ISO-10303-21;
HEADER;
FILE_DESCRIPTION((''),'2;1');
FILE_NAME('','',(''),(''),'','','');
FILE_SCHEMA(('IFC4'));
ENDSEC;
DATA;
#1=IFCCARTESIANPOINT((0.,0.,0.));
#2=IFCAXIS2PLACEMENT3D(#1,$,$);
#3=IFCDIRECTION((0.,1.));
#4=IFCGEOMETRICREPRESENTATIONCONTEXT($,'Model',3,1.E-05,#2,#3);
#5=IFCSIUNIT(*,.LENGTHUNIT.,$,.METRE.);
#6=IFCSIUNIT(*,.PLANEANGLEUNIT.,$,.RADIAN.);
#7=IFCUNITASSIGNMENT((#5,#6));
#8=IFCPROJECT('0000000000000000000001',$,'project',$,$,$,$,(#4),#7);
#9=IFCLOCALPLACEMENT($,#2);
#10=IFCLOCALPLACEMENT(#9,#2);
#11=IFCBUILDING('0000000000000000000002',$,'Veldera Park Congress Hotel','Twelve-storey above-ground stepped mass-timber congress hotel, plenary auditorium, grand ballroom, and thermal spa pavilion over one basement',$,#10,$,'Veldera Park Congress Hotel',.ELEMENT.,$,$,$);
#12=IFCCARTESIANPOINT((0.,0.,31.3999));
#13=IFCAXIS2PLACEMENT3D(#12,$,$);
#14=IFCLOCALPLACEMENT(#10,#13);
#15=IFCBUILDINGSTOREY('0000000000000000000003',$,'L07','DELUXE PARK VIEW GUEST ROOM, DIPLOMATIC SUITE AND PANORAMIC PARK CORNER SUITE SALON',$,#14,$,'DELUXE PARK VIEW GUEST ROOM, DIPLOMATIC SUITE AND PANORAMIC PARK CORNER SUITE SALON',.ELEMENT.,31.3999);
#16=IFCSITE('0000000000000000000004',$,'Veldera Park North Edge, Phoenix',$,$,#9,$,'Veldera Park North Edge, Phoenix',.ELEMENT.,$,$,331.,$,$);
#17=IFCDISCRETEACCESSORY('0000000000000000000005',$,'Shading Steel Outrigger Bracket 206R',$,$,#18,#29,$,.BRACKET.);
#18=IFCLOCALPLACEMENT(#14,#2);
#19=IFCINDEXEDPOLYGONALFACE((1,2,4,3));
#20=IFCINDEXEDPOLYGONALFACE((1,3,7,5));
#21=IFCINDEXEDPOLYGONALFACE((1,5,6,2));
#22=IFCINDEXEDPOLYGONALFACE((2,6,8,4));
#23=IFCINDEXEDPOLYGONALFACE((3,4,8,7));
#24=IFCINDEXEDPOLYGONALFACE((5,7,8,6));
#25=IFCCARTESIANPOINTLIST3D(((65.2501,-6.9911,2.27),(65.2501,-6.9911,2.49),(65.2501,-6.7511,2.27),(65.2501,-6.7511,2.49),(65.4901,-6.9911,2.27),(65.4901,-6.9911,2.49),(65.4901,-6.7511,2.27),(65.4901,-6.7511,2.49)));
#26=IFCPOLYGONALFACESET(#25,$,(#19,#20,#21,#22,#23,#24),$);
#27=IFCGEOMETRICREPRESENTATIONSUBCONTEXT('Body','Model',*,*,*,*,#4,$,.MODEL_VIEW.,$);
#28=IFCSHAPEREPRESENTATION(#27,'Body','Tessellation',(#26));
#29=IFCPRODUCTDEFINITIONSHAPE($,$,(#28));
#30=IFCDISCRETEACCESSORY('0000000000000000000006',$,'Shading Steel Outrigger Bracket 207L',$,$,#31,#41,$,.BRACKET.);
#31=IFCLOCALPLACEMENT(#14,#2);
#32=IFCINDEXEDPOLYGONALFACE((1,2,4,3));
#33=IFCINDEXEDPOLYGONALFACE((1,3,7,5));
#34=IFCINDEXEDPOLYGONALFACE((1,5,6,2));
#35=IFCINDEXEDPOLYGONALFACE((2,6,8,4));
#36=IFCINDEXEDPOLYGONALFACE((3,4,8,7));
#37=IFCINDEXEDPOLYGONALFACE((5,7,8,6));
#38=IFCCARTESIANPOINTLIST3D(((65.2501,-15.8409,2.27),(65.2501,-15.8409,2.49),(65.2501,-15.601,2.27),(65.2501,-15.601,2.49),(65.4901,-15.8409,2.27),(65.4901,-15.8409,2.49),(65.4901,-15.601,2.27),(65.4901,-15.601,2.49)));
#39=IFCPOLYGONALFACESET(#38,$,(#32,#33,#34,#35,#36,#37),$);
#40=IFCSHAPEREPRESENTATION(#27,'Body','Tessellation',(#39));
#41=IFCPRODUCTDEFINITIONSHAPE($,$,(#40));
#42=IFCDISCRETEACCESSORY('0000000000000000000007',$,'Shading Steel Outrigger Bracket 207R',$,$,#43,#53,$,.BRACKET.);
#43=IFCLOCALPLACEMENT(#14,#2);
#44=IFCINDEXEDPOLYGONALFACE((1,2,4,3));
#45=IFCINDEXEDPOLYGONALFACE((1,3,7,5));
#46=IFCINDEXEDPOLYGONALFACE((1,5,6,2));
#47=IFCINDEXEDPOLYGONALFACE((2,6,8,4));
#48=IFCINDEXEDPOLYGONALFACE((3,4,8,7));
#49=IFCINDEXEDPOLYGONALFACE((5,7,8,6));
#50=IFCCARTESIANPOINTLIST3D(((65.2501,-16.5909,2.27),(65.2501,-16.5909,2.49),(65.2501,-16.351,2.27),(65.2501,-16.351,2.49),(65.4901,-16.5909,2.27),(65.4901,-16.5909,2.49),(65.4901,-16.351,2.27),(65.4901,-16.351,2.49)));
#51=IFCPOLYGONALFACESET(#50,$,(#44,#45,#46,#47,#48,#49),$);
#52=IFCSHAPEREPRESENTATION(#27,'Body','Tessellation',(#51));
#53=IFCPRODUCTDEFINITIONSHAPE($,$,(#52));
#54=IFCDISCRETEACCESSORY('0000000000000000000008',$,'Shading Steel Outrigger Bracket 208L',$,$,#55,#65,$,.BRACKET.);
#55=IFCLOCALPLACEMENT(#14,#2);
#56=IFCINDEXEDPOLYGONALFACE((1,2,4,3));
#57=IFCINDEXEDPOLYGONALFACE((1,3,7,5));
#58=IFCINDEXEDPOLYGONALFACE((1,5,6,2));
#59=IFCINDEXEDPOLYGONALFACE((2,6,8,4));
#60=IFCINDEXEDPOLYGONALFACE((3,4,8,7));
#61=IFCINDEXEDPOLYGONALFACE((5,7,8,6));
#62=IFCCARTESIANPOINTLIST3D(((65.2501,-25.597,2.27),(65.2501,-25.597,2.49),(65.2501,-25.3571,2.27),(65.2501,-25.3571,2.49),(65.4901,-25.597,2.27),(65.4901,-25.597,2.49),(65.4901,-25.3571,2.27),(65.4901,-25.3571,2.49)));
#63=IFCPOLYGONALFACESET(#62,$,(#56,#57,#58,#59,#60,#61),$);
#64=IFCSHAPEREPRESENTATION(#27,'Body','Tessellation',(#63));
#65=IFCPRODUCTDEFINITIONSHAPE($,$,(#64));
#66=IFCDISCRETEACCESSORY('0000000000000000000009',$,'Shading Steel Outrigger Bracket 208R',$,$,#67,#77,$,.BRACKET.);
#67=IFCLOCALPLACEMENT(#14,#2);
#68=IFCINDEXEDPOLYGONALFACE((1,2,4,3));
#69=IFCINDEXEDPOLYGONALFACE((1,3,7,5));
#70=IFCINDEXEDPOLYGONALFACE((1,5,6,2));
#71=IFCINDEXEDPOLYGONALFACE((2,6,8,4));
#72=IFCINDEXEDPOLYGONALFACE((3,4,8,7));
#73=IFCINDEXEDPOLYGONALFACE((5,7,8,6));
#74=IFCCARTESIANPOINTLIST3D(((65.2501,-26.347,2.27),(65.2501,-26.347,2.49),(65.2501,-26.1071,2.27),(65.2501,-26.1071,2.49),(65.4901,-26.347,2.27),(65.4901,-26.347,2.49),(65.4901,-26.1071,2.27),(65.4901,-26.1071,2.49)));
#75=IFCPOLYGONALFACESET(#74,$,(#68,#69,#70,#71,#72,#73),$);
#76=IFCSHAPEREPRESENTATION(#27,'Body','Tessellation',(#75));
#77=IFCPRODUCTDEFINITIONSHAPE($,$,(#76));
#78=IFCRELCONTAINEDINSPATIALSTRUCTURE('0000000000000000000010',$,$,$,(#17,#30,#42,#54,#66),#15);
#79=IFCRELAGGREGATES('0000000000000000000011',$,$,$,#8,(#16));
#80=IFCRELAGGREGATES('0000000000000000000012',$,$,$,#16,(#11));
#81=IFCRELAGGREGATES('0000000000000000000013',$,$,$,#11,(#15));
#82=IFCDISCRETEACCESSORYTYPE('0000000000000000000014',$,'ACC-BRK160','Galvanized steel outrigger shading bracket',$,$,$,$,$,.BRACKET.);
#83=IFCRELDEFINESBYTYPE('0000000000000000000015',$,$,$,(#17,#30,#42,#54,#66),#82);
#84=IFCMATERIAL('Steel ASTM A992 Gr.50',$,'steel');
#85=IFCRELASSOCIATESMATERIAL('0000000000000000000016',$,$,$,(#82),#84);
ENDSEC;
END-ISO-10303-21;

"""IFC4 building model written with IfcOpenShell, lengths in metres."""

from ifc_helpers import new_model, si_unit, direction, frame, origin, origin_2d, place, context, subcontext, project, spatial, rectangle, extrude, material, type_object, element, save


model = new_model("IFC4")

# Units and contexts
model_context = context("Model", 3, precision=1e-05, world=origin(), true_north=direction((0.0, 1.0)))
body_context = subcontext(model_context, "Body", "Model", "MODEL_VIEW")
ifc_project = project(units=[si_unit("LENGTHUNIT", "METRE"), si_unit("PLANEANGLEUNIT", "RADIAN")], contexts=[model_context])

# Site, building, storey
site_placement = place(None, origin())
site = spatial("IfcSite", under=ifc_project, at=site_placement, Name="Veldera Park North Edge, Phoenix", LongName="Veldera Park North Edge, Phoenix", CompositionType="ELEMENT", RefElevation=331.0)
building_placement = place(site_placement, origin())
building = spatial("IfcBuilding", under=site, at=building_placement, Name="Veldera Park Congress Hotel", Description="Twelve-storey above-ground stepped mass-timber congress hotel, plenary auditorium, grand ballroom, and thermal spa pavilion over one basement", LongName="Veldera Park Congress Hotel", CompositionType="ELEMENT")
storey_placement = place(building_placement, frame((0.0, 0.0, 31.3999)))
storey = spatial("IfcBuildingStorey", under=building, at=storey_placement, Name="L07", Description="DELUXE PARK VIEW GUEST ROOM, DIPLOMATIC SUITE AND PANORAMIC PARK CORNER SUITE SALON", LongName="DELUXE PARK VIEW GUEST ROOM, DIPLOMATIC SUITE AND PANORAMIC PARK CORNER SUITE SALON", CompositionType="ELEMENT", Elevation=31.3999)

# Shared definitions
ifc_material_1 = material(Name="Steel ASTM A992 Gr.50", Category="steel")

# Discrete accessories
discrete_accessory_type = type_object("IfcDiscreteAccessoryType", Name="ACC-BRK160", Description="Galvanized steel outrigger shading bracket", PredefinedType="BRACKET", material=ifc_material_1)
for number, where, z_axis, x_axis, name in (
    (1, (65.3701, -6.8711, 2.27), (0.0, 0.0, 1.0), (0.0, -1.0, 0.0), "Shading Steel Outrigger Bracket 206R"),
    (2, (65.3701, -15.7209, 2.27), (0.0, 0.0, 1.0), (0.0, -1.0, 0.0), "Shading Steel Outrigger Bracket 207L"),
    (3, (65.3701, -16.4709, 2.27), (0.0, 0.0, 1.0), (0.0, -1.0, 0.0), "Shading Steel Outrigger Bracket 207R"),
    (4, (65.3701, -25.4771, 2.27), (0.0, 0.0, 1.0), (0.0, -1.0, 0.0), "Shading Steel Outrigger Bracket 208L"),
    (5, (65.3701, -26.2271, 2.27), (0.0, 0.0, 1.0), (0.0, -1.0, 0.0), "Shading Steel Outrigger Bracket 208R"),
):
    element("IfcDiscreteAccessory", number, at=place(storey_placement, frame(where, z_axis=z_axis, x_axis=x_axis)), inside=storey, type_object=discrete_accessory_type, Name=name, PredefinedType="BRACKET", context=body_context, shape_type="SweptSolid", body=[
        extrude(rectangle(XDim=0.24, YDim=0.24, at=origin_2d()), origin(), (0.0, 0.0, 1.0), 0.22),
    ])

save(model, "model.ifc")
